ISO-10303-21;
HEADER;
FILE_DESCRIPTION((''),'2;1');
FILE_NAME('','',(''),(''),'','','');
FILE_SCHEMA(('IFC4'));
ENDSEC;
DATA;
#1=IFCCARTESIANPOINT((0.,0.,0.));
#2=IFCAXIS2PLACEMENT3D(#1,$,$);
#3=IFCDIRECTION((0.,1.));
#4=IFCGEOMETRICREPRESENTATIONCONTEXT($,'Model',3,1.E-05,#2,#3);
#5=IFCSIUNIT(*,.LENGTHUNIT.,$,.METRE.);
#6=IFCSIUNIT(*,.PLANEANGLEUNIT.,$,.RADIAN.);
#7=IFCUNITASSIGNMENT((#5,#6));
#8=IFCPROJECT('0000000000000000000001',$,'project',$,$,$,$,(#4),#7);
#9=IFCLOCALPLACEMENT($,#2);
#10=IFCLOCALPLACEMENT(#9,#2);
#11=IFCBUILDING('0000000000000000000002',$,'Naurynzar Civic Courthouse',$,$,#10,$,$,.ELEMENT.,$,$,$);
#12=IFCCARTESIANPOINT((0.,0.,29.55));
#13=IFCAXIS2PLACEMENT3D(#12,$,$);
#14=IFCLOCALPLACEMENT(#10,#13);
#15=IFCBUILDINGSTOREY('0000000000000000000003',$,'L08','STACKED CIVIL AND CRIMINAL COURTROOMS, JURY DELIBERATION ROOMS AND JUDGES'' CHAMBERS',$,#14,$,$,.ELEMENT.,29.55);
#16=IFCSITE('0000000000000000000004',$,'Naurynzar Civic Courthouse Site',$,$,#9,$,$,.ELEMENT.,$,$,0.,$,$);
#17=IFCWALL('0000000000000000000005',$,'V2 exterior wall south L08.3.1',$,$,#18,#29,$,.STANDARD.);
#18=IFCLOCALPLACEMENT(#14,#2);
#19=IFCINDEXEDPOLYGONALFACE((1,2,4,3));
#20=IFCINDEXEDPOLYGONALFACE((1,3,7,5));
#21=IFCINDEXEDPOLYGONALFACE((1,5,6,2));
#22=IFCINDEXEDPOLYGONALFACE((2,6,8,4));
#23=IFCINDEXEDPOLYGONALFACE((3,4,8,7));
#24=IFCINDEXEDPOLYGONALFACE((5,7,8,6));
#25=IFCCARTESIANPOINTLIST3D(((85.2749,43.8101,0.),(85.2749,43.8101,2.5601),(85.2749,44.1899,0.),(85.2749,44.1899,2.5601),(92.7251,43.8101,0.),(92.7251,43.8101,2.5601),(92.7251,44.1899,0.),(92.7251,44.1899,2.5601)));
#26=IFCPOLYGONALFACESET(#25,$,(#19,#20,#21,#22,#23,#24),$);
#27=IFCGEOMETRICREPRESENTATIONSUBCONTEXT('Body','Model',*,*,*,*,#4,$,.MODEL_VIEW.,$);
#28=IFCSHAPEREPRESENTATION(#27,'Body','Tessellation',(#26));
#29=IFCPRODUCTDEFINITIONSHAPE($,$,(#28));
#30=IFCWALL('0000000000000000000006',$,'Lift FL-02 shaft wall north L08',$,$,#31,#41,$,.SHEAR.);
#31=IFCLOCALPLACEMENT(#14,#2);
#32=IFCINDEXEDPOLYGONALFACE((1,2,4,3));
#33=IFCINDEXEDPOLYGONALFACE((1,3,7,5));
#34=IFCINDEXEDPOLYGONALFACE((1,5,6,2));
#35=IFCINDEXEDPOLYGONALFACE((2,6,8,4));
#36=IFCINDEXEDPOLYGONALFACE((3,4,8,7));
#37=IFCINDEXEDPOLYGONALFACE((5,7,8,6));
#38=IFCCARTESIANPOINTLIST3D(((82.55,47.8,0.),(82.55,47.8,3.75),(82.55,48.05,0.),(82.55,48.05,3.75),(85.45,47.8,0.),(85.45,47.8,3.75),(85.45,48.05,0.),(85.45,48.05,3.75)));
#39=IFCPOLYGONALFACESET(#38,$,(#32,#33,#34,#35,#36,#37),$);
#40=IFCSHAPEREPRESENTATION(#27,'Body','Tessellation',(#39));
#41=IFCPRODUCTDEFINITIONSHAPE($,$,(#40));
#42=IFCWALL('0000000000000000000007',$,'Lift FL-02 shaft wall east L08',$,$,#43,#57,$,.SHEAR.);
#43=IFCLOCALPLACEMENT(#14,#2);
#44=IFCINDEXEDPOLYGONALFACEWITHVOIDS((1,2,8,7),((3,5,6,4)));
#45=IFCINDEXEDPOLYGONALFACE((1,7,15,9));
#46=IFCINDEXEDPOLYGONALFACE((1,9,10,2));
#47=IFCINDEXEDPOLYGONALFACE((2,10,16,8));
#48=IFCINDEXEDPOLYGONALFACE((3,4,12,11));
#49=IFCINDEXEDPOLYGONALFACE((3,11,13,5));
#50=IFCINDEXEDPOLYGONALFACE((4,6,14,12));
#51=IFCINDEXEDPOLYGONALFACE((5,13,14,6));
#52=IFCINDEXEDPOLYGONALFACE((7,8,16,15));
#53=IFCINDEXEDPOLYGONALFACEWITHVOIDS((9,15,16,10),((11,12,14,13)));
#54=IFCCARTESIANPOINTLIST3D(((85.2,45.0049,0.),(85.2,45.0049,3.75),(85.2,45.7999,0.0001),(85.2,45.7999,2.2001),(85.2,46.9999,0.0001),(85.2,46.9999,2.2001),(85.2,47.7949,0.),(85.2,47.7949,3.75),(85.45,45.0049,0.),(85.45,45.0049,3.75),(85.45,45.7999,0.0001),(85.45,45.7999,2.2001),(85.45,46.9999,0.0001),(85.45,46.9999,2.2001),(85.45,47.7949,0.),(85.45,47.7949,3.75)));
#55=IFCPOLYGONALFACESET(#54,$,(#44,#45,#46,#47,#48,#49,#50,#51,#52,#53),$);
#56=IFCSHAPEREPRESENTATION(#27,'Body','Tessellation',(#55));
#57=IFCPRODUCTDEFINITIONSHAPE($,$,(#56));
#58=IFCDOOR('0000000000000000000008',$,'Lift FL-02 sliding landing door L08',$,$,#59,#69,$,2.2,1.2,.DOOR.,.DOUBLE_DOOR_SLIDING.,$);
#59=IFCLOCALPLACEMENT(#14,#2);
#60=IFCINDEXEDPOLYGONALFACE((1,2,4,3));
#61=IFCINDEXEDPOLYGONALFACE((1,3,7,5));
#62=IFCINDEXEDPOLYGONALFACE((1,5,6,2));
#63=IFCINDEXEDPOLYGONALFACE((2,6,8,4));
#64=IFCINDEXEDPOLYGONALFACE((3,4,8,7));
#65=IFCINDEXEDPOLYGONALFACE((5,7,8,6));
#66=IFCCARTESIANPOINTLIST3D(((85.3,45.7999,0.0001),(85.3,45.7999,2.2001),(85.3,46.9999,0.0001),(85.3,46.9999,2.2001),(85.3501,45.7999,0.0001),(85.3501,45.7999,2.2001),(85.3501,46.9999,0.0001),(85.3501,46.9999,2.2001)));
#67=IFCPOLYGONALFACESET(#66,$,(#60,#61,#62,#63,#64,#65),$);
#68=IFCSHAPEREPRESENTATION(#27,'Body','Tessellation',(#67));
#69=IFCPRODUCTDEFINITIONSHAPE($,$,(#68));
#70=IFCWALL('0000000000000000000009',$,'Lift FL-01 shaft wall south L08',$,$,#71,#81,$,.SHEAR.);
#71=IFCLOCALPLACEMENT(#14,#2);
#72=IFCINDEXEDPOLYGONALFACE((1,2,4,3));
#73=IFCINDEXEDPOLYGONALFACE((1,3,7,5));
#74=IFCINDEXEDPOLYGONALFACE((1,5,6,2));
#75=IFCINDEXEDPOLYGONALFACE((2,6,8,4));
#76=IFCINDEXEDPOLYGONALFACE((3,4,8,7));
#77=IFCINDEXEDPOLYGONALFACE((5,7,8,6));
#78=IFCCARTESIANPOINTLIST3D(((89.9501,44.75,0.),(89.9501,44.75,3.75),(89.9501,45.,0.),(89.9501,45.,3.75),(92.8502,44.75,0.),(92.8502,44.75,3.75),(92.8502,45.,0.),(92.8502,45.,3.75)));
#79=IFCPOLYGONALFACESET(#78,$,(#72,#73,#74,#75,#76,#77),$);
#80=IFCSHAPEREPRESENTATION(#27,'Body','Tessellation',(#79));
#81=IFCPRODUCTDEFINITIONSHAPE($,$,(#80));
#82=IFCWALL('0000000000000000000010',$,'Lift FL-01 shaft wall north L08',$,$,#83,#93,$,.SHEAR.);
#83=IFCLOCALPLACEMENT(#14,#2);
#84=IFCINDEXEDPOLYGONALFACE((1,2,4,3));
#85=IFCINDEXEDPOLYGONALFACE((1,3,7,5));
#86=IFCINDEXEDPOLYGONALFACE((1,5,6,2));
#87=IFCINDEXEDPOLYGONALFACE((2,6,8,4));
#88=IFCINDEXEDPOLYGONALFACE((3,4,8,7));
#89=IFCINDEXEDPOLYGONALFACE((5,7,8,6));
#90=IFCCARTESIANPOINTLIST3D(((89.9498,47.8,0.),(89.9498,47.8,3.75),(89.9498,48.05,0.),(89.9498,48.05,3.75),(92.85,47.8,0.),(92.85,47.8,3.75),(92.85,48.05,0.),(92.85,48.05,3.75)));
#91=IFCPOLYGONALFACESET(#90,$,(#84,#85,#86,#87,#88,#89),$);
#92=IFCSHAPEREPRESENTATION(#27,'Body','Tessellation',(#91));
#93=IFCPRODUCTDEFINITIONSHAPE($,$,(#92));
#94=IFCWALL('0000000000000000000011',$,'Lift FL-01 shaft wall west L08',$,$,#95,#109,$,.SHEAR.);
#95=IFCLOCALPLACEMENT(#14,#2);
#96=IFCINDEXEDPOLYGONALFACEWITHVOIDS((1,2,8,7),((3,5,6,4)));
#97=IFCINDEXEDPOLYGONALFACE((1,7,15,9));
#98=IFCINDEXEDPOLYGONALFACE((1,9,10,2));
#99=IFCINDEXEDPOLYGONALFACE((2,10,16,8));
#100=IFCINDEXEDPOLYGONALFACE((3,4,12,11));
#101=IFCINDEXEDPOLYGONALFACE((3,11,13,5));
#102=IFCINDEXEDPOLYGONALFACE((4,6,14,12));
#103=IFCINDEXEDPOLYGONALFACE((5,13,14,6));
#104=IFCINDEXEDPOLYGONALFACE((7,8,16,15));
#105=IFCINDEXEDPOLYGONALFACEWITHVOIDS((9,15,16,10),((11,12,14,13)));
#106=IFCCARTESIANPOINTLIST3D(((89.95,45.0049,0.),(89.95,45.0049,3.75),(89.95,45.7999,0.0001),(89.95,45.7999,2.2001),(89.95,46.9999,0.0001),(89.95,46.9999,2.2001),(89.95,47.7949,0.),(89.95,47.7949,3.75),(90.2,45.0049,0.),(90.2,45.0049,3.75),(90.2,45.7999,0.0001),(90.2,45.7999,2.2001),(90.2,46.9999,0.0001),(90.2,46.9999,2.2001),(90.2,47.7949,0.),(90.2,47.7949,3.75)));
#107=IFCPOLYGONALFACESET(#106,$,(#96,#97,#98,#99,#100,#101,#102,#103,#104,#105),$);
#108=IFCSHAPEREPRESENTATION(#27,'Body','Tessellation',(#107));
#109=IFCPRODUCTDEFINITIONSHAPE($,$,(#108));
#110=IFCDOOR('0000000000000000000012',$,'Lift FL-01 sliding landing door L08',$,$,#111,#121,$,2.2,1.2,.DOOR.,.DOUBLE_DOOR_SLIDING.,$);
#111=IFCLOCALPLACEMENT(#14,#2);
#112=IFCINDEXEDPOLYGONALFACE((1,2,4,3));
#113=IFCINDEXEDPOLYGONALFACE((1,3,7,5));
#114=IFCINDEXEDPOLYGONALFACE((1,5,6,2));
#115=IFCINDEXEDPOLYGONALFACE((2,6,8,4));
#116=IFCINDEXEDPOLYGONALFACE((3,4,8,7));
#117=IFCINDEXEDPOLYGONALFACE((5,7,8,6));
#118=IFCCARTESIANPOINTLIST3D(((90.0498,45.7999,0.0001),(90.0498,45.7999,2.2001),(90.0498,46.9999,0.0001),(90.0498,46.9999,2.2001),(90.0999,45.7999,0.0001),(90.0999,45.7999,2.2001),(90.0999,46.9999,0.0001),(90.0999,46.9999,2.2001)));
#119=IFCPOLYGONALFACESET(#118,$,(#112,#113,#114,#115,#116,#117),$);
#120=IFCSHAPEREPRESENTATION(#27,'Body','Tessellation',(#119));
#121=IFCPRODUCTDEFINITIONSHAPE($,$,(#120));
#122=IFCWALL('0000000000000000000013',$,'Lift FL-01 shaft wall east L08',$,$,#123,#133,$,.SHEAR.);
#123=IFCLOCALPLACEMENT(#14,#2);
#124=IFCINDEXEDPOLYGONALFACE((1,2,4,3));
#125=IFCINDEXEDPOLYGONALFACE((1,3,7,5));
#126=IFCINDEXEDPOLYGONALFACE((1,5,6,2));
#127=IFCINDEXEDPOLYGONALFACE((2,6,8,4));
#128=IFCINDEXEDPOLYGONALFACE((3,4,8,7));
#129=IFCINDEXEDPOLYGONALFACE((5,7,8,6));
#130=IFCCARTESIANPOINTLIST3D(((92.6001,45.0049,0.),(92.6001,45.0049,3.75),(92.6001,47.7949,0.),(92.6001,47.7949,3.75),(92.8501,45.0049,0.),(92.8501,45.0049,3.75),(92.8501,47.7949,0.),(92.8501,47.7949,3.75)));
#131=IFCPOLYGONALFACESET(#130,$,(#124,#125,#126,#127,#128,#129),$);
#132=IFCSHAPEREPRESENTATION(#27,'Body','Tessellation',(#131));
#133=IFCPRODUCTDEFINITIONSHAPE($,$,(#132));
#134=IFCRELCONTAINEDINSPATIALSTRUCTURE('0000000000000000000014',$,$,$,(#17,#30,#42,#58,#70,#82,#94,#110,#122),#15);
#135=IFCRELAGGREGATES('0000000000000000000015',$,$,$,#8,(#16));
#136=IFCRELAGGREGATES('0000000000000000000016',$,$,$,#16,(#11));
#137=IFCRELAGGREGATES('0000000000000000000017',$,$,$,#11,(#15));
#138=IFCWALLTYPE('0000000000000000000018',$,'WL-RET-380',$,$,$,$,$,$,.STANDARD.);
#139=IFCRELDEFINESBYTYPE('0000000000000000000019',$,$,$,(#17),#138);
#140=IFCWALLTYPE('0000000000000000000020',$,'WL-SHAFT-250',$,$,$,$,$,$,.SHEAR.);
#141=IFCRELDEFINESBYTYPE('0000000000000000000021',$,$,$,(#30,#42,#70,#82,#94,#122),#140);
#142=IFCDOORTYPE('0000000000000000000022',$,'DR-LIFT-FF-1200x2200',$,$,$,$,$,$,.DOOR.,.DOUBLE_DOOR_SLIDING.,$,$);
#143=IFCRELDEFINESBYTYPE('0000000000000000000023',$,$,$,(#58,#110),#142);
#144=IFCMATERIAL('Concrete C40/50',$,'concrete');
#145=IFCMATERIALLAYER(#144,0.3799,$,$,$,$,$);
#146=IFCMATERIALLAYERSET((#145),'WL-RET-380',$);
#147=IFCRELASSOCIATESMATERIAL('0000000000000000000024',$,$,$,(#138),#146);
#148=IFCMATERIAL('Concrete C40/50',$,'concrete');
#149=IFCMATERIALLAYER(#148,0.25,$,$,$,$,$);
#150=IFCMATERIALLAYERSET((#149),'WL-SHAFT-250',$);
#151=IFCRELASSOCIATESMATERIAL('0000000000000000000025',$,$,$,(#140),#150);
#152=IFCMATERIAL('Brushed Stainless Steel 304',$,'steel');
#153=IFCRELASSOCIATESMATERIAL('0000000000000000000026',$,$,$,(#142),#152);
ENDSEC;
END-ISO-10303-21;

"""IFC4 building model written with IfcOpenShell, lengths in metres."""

from ifc_helpers import new_model, si_unit, direction, frame, frame_2d, origin, place, context, subcontext, project, spatial, rectangle, extrude, material, layer, layer_set, type_object, element, fill, save


model = new_model("IFC4")

# Units and contexts
model_context = context("Model", 3, precision=1e-05, world=origin(), true_north=direction((0.0, 1.0)))
body_context = subcontext(model_context, "Body", "Model", "MODEL_VIEW")
ifc_project = project(units=[si_unit("LENGTHUNIT", "METRE"), si_unit("PLANEANGLEUNIT", "RADIAN")], contexts=[model_context])

# Site, building, storey
site_placement = place(None, origin())
site = spatial("IfcSite", under=ifc_project, at=site_placement, Name="Naurynzar Civic Courthouse Site", CompositionType="ELEMENT", RefElevation=0.0)
building_placement = place(site_placement, origin())
building = spatial("IfcBuilding", under=site, at=building_placement, Name="Naurynzar Civic Courthouse", CompositionType="ELEMENT")
storey_placement = place(building_placement, frame((0.0, 0.0, 29.55)))
storey = spatial("IfcBuildingStorey", under=building, at=storey_placement, Name="L08", Description="STACKED CIVIL AND CRIMINAL COURTROOMS, JURY DELIBERATION ROOMS AND JUDGES' CHAMBERS", CompositionType="ELEMENT", Elevation=29.55)

# Walls
ifc_material_1 = material(Name="Concrete C40/50", Category="concrete")
ifc_layer_1 = layer(ifc_material_1, 0.3799)
ifc_layer_set_1 = layer_set([ifc_layer_1], Name="WL-RET-380")
wall_type_1 = type_object("IfcWallType", Name="WL-RET-380", PredefinedType="STANDARD", material=ifc_layer_set_1)
wall_1_placement = place(storey_placement, frame((92.7251, 44.0, 0.0), z_axis=(0.0, 0.0, 1.0), x_axis=(-1.0, 0.0, 0.0)))
element("IfcWall", 1, at=wall_1_placement, inside=storey, type_object=wall_type_1, Name="V2 exterior wall south L08.3.1", PredefinedType="STANDARD", context=body_context, shape_type="SweptSolid", body=[
    extrude(rectangle(XDim=7.4502, YDim=0.3799, at=frame_2d((3.7251, 0.0))), origin(), (0.0, 0.0, 1.0), 2.5601),
])
ifc_material_2 = material(Name="Concrete C40/50", Category="concrete")
ifc_layer_2 = layer(ifc_material_2, 0.25)
ifc_layer_set_2 = layer_set([ifc_layer_2], Name="WL-SHAFT-250")
wall_type_2 = type_object("IfcWallType", Name="WL-SHAFT-250", PredefinedType="SHEAR", material=ifc_layer_set_2)
wall_2_placement = place(storey_placement, frame((85.45, 47.925, 0.0), z_axis=(0.0, 0.0, 1.0), x_axis=(-1.0, 0.0, 0.0)))
element("IfcWall", 2, at=wall_2_placement, inside=storey, type_object=wall_type_2, Name="Lift FL-02 shaft wall north L08", PredefinedType="SHEAR", context=body_context, shape_type="SweptSolid", body=[
    extrude(rectangle(XDim=2.8999, YDim=0.25, at=frame_2d((1.45, 0.0))), origin(), (0.0, 0.0, 1.0), 3.75),
])

# Wall, opening, door
wall_3_placement = place(storey_placement, frame((85.325, 45.0049, 0.0), z_axis=(0.0, 0.0, 1.0), x_axis=(0.0, 1.0, 0.0)))
wall_3 = element("IfcWall", 3, at=wall_3_placement, inside=storey, type_object=wall_type_2, Name="Lift FL-02 shaft wall east L08", PredefinedType="SHEAR", context=body_context, shape_type="SweptSolid", body=[
    extrude(rectangle(XDim=2.79, YDim=0.25, at=frame_2d((1.395, 0.0))), origin(), (0.0, 0.0, 1.0), 3.75),
])
opening_1_placement = place(wall_3_placement, frame((0.7949, 0.0, 0.0)))
opening_1 = element("IfcOpeningElement", 4, at=opening_1_placement, cuts=wall_3, PredefinedType="OPENING", context=body_context, shape_type="SweptSolid", body=[
    extrude(rectangle(XDim=1.2, YDim=2.2, at=frame_2d((0.6001, 1.1001))), frame((0.0, 0.135, 0.0), z_axis=(0.0, -1.0, 0.0), x_axis=(1.0, 0.0, 0.0)), (0.0, 0.0, 1.0), 0.27),
])
ifc_material_3 = material(Name="Brushed Stainless Steel 304", Category="steel")
door_type = type_object("IfcDoorType", Name="DR-LIFT-FF-1200x2200", OperationType="DOUBLE_DOOR_SLIDING", PredefinedType="DOOR", material=ifc_material_3)
door_1_placement = place(opening_1_placement, origin())
door_1 = element("IfcDoor", 5, at=door_1_placement, inside=storey, type_object=door_type, Name="Lift FL-02 sliding landing door L08", OperationType="DOUBLE_DOOR_SLIDING", OverallHeight=2.2, OverallWidth=1.2, PredefinedType="DOOR", context=body_context, shape_type="SweptSolid", body=[
    extrude(rectangle(XDim=1.2, YDim=2.2, at=frame_2d((0.6001, 1.1001))), frame((0.0, 0.0249, 0.0), z_axis=(0.0, -1.0, 0.0), x_axis=(1.0, 0.0, 0.0)), (0.0, 0.0, 1.0), 0.05),
])
fill(opening_1, door_1)

# Walls
for number, where, z_axis, x_axis, name in (
    (6, (89.95, 44.875, 0.0), (0.0, 0.0, 1.0), (1.0, 0.0, 0.0), "Lift FL-01 shaft wall south L08"),
    (7, (92.8501, 47.925, 0.0), (0.0, 0.0, 1.0), (-1.0, 0.0, 0.0), "Lift FL-01 shaft wall north L08"),
):
    element("IfcWall", number, at=place(storey_placement, frame(where, z_axis=z_axis, x_axis=x_axis)), inside=storey, type_object=wall_type_2, Name=name, PredefinedType="SHEAR", context=body_context, shape_type="SweptSolid", body=[
        extrude(rectangle(XDim=2.9001, YDim=0.25, at=frame_2d((1.4502, 0.0))), origin(), (0.0, 0.0, 1.0), 3.75),
    ])

# Wall, opening, door
wall_4_placement = place(storey_placement, frame((90.075, 47.7949, 0.0), z_axis=(0.0, 0.0, 1.0), x_axis=(0.0, -1.0, 0.0)))
wall_4 = element("IfcWall", 8, at=wall_4_placement, inside=storey, type_object=wall_type_2, Name="Lift FL-01 shaft wall west L08", PredefinedType="SHEAR", context=body_context, shape_type="SweptSolid", body=[
    extrude(rectangle(XDim=2.79, YDim=0.25, at=frame_2d((1.395, 0.0))), origin(), (0.0, 0.0, 1.0), 3.75),
])
opening_2_placement = place(wall_4_placement, frame((0.7949, 0.0, 0.0)))
opening_2 = element("IfcOpeningElement", 9, at=opening_2_placement, cuts=wall_4, PredefinedType="OPENING", context=body_context, shape_type="SweptSolid", body=[
    extrude(rectangle(XDim=1.2, YDim=2.2, at=frame_2d((0.6001, 1.1001))), frame((0.0, 0.135, 0.0), z_axis=(0.0, -1.0, 0.0), x_axis=(1.0, 0.0, 0.0)), (0.0, 0.0, 1.0), 0.27),
])
door_2_placement = place(opening_2_placement, origin())
door_2 = element("IfcDoor", 10, at=door_2_placement, inside=storey, type_object=door_type, Name="Lift FL-01 sliding landing door L08", OperationType="DOUBLE_DOOR_SLIDING", OverallHeight=2.2, OverallWidth=1.2, PredefinedType="DOOR", context=body_context, shape_type="SweptSolid", body=[
    extrude(rectangle(XDim=1.2, YDim=2.2, at=frame_2d((0.6001, 1.1001))), frame((0.0, 0.0249, 0.0), z_axis=(0.0, -1.0, 0.0), x_axis=(1.0, 0.0, 0.0)), (0.0, 0.0, 1.0), 0.05),
])
fill(opening_2, door_2)

# Wall
wall_5_placement = place(storey_placement, frame((92.7251, 45.0049, 0.0), z_axis=(0.0, 0.0, 1.0), x_axis=(0.0, 1.0, 0.0)))
element("IfcWall", 11, at=wall_5_placement, inside=storey, type_object=wall_type_2, Name="Lift FL-01 shaft wall east L08", PredefinedType="SHEAR", context=body_context, shape_type="SweptSolid", body=[
    extrude(rectangle(XDim=2.79, YDim=0.25, at=frame_2d((1.395, 0.0))), origin(), (0.0, 0.0, 1.0), 3.75),
])

save(model, "model.ifc")
